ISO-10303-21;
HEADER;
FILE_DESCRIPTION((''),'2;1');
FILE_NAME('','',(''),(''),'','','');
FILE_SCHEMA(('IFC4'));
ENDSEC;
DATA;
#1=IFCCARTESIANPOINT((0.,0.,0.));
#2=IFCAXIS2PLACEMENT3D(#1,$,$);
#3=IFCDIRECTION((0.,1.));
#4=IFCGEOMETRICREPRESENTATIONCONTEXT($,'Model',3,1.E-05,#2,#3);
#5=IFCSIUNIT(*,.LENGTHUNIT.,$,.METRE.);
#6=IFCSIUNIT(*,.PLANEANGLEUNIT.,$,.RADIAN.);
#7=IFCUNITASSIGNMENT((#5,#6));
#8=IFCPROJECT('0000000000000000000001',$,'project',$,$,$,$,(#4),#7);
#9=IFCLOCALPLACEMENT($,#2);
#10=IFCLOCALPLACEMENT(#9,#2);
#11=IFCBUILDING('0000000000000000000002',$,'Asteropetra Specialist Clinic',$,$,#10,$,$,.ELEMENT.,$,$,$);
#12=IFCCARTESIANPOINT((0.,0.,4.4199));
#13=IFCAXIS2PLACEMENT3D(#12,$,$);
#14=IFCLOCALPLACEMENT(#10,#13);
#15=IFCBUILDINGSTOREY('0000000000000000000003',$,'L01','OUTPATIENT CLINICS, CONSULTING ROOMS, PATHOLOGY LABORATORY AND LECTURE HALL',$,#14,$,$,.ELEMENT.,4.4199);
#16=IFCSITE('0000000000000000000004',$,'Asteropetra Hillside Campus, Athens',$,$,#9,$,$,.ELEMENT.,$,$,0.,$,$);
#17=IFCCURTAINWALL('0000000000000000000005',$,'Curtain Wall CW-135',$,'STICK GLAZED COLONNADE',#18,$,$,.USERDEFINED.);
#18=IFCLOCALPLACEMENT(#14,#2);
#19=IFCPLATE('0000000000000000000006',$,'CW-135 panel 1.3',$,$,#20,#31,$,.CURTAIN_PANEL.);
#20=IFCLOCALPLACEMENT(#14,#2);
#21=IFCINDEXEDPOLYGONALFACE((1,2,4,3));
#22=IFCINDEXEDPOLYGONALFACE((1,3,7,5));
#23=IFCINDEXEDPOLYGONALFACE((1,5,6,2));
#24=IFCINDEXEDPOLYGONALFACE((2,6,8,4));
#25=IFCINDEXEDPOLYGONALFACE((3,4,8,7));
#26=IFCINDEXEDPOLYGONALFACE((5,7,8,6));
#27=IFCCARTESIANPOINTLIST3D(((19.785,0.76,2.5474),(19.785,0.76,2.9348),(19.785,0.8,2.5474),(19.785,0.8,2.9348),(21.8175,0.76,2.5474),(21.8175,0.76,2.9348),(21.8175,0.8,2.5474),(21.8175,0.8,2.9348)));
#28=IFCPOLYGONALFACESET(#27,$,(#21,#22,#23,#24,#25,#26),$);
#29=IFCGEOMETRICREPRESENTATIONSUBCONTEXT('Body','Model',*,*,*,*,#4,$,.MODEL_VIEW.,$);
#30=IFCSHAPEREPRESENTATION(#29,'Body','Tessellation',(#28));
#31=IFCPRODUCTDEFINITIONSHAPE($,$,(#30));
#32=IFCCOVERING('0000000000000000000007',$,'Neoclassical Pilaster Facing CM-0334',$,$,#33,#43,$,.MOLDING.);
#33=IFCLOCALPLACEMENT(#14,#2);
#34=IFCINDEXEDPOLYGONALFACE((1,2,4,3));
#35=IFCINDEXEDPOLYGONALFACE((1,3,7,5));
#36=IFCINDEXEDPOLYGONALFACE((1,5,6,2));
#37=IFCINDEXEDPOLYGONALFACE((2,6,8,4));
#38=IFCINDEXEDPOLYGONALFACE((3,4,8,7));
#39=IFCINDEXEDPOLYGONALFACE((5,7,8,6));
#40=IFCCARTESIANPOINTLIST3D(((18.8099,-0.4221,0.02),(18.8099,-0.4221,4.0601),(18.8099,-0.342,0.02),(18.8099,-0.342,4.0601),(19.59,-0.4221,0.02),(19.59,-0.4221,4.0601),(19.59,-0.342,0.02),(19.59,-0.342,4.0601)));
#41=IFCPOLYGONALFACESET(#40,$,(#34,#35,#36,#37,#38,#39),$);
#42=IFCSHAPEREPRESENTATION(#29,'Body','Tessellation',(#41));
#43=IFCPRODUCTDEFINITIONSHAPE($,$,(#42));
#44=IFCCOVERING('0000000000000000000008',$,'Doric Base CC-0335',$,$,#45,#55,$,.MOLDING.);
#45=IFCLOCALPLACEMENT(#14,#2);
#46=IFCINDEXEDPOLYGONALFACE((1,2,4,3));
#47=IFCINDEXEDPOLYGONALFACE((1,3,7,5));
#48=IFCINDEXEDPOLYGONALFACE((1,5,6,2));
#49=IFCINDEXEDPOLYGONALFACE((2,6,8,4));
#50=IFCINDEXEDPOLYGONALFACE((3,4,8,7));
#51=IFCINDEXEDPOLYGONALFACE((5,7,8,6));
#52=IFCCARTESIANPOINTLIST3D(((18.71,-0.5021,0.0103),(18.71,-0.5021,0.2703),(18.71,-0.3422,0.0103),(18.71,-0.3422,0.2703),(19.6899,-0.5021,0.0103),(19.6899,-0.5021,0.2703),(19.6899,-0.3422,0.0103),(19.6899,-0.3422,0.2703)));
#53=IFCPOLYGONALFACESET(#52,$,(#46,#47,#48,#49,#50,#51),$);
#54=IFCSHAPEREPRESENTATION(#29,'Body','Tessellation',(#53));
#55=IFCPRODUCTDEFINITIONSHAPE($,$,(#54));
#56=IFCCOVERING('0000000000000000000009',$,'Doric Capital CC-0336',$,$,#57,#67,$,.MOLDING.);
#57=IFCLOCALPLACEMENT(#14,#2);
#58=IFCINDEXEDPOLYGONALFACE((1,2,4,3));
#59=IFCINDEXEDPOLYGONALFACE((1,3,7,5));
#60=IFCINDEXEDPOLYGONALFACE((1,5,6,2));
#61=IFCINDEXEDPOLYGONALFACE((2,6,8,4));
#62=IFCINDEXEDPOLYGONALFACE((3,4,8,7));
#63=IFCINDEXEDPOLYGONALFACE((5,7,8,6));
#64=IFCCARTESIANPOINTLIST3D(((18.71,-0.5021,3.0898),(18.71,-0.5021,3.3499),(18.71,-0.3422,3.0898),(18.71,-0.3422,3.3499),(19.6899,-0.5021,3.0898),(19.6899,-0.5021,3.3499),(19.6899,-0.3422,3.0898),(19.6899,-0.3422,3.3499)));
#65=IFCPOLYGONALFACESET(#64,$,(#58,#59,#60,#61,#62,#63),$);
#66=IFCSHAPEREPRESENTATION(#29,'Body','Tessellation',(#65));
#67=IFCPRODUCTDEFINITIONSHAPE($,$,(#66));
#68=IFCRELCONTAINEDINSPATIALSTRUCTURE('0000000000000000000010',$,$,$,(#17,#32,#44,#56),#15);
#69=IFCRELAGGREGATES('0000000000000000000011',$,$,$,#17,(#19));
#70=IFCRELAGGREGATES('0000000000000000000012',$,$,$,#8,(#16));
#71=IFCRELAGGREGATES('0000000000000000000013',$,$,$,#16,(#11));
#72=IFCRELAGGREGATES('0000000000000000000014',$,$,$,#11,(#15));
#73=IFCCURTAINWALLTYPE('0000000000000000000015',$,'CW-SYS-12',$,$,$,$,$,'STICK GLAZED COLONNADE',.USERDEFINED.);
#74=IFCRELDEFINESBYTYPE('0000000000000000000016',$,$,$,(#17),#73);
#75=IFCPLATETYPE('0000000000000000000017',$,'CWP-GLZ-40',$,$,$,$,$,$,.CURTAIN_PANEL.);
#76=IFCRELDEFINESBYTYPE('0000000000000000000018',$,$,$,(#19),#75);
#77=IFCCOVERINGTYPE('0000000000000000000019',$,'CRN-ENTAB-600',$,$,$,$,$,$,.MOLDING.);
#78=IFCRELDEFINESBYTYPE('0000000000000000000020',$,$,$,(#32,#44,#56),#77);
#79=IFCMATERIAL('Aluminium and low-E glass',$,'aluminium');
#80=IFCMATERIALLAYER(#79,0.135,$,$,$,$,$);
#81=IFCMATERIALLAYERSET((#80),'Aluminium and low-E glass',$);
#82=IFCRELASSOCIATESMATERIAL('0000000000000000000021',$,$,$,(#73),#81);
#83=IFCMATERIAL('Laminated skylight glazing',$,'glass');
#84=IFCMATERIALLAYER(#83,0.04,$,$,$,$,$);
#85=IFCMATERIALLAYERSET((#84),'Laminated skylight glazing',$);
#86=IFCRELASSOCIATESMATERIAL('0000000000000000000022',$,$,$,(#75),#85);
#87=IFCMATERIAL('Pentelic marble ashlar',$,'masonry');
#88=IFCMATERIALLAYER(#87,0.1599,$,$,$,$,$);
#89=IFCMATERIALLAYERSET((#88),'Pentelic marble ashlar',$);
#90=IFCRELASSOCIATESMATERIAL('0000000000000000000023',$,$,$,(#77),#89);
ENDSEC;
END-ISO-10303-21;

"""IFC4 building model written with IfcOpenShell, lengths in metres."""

from ifc_helpers import new_model, si_unit, direction, frame, origin, origin_2d, place, context, subcontext, project, spatial, rectangle, extrude, material, layer, layer_set, type_object, element, aggregate, save


model = new_model("IFC4")

# Units and contexts
model_context = context("Model", 3, precision=1e-05, world=origin(), true_north=direction((0.0, 1.0)))
body_context = subcontext(model_context, "Body", "Model", "MODEL_VIEW")
ifc_project = project(units=[si_unit("LENGTHUNIT", "METRE"), si_unit("PLANEANGLEUNIT", "RADIAN")], contexts=[model_context])

# Site, building, storey
site_placement = place(None, origin())
site = spatial("IfcSite", under=ifc_project, at=site_placement, Name="Asteropetra Hillside Campus, Athens", CompositionType="ELEMENT", RefElevation=0.0)
building_placement = place(site_placement, origin())
building = spatial("IfcBuilding", under=site, at=building_placement, Name="Asteropetra Specialist Clinic", CompositionType="ELEMENT")
storey_placement = place(building_placement, frame((0.0, 0.0, 4.4199)))
storey = spatial("IfcBuildingStorey", under=building, at=storey_placement, Name="L01", Description="OUTPATIENT CLINICS, CONSULTING ROOMS, PATHOLOGY LABORATORY AND LECTURE HALL", CompositionType="ELEMENT", Elevation=4.4199)

# Curtain wall
ifc_material_1 = material(Name="Aluminium and low-E glass", Category="aluminium")
ifc_layer_1 = layer(ifc_material_1, 0.135)
ifc_layer_set_1 = layer_set([ifc_layer_1], Name="Aluminium and low-E glass")
curtain_wall_type_1 = type_object("IfcCurtainWallType", Name="CW-SYS-12", ElementType="STICK GLAZED COLONNADE", PredefinedType="USERDEFINED", material=ifc_layer_set_1)
curtain_wall_1_placement = place(storey_placement, origin())
curtain_wall_1 = element("IfcCurtainWall", 1, at=curtain_wall_1_placement, inside=storey, type_object=curtain_wall_type_1, Name="Curtain Wall CW-135", ObjectType="STICK GLAZED COLONNADE", PredefinedType="USERDEFINED")

# Plate
ifc_material_2 = material(Name="Laminated skylight glazing", Category="glass")
ifc_layer_2 = layer(ifc_material_2, 0.04)
ifc_layer_set_2 = layer_set([ifc_layer_2], Name="Laminated skylight glazing")
plate_type_1 = type_object("IfcPlateType", Name="CWP-GLZ-40", PredefinedType="CURTAIN_PANEL", material=ifc_layer_set_2)
plate_1_placement = place(storey_placement, frame((20.8013, 0.78, 2.5474), z_axis=(0.0, 0.0, 1.0), x_axis=(1.0, 0.0, 0.0)))
plate_1 = element("IfcPlate", 2, at=plate_1_placement, type_object=plate_type_1, Name="CW-135 panel 1.3", PredefinedType="CURTAIN_PANEL", context=body_context, shape_type="SweptSolid", body=[
    extrude(rectangle(XDim=2.0325, YDim=0.04, at=origin_2d()), origin(), (0.0, 0.0, 1.0), 0.3875),
])
aggregate(curtain_wall_1, [plate_1])

# Coverings
ifc_material_3 = material(Name="Pentelic marble ashlar", Category="masonry")
ifc_layer_3 = layer(ifc_material_3, 0.1599)
ifc_layer_set_3 = layer_set([ifc_layer_3], Name="Pentelic marble ashlar")
covering_type = type_object("IfcCoveringType", Name="CRN-ENTAB-600", PredefinedType="MOLDING", material=ifc_layer_set_3)
covering_placement = place(storey_placement, frame((19.2, -0.3821, 0.02), z_axis=(0.0, 0.0, 1.0), x_axis=(1.0, 0.0, 0.0)))
element("IfcCovering", 3, at=covering_placement, inside=storey, type_object=covering_type, Name="Neoclassical Pilaster Facing CM-0334", PredefinedType="MOLDING", context=body_context, shape_type="SweptSolid", body=[
    extrude(rectangle(XDim=0.78, YDim=0.0801, at=origin_2d()), origin(), (0.0, 0.0, 1.0), 4.04),
])
for number, where, z_axis, x_axis, name in (
    (4, (19.2, -0.4221, 0.0103), (0.0, 0.0, 1.0), (1.0, 0.0, 0.0), "Doric Base CC-0335"),
    (5, (19.2, -0.4221, 3.0898), (0.0, 0.0, 1.0), (1.0, 0.0, 0.0), "Doric Capital CC-0336"),
):
    element("IfcCovering", number, at=place(storey_placement, frame(where, z_axis=z_axis, x_axis=x_axis)), inside=storey, type_object=covering_type, Name=name, PredefinedType="MOLDING", context=body_context, shape_type="SweptSolid", body=[
        extrude(rectangle(XDim=0.98, YDim=0.1599, at=origin_2d()), origin(), (0.0, 0.0, 1.0), 0.26),
    ])

save(model, "model.ifc")
